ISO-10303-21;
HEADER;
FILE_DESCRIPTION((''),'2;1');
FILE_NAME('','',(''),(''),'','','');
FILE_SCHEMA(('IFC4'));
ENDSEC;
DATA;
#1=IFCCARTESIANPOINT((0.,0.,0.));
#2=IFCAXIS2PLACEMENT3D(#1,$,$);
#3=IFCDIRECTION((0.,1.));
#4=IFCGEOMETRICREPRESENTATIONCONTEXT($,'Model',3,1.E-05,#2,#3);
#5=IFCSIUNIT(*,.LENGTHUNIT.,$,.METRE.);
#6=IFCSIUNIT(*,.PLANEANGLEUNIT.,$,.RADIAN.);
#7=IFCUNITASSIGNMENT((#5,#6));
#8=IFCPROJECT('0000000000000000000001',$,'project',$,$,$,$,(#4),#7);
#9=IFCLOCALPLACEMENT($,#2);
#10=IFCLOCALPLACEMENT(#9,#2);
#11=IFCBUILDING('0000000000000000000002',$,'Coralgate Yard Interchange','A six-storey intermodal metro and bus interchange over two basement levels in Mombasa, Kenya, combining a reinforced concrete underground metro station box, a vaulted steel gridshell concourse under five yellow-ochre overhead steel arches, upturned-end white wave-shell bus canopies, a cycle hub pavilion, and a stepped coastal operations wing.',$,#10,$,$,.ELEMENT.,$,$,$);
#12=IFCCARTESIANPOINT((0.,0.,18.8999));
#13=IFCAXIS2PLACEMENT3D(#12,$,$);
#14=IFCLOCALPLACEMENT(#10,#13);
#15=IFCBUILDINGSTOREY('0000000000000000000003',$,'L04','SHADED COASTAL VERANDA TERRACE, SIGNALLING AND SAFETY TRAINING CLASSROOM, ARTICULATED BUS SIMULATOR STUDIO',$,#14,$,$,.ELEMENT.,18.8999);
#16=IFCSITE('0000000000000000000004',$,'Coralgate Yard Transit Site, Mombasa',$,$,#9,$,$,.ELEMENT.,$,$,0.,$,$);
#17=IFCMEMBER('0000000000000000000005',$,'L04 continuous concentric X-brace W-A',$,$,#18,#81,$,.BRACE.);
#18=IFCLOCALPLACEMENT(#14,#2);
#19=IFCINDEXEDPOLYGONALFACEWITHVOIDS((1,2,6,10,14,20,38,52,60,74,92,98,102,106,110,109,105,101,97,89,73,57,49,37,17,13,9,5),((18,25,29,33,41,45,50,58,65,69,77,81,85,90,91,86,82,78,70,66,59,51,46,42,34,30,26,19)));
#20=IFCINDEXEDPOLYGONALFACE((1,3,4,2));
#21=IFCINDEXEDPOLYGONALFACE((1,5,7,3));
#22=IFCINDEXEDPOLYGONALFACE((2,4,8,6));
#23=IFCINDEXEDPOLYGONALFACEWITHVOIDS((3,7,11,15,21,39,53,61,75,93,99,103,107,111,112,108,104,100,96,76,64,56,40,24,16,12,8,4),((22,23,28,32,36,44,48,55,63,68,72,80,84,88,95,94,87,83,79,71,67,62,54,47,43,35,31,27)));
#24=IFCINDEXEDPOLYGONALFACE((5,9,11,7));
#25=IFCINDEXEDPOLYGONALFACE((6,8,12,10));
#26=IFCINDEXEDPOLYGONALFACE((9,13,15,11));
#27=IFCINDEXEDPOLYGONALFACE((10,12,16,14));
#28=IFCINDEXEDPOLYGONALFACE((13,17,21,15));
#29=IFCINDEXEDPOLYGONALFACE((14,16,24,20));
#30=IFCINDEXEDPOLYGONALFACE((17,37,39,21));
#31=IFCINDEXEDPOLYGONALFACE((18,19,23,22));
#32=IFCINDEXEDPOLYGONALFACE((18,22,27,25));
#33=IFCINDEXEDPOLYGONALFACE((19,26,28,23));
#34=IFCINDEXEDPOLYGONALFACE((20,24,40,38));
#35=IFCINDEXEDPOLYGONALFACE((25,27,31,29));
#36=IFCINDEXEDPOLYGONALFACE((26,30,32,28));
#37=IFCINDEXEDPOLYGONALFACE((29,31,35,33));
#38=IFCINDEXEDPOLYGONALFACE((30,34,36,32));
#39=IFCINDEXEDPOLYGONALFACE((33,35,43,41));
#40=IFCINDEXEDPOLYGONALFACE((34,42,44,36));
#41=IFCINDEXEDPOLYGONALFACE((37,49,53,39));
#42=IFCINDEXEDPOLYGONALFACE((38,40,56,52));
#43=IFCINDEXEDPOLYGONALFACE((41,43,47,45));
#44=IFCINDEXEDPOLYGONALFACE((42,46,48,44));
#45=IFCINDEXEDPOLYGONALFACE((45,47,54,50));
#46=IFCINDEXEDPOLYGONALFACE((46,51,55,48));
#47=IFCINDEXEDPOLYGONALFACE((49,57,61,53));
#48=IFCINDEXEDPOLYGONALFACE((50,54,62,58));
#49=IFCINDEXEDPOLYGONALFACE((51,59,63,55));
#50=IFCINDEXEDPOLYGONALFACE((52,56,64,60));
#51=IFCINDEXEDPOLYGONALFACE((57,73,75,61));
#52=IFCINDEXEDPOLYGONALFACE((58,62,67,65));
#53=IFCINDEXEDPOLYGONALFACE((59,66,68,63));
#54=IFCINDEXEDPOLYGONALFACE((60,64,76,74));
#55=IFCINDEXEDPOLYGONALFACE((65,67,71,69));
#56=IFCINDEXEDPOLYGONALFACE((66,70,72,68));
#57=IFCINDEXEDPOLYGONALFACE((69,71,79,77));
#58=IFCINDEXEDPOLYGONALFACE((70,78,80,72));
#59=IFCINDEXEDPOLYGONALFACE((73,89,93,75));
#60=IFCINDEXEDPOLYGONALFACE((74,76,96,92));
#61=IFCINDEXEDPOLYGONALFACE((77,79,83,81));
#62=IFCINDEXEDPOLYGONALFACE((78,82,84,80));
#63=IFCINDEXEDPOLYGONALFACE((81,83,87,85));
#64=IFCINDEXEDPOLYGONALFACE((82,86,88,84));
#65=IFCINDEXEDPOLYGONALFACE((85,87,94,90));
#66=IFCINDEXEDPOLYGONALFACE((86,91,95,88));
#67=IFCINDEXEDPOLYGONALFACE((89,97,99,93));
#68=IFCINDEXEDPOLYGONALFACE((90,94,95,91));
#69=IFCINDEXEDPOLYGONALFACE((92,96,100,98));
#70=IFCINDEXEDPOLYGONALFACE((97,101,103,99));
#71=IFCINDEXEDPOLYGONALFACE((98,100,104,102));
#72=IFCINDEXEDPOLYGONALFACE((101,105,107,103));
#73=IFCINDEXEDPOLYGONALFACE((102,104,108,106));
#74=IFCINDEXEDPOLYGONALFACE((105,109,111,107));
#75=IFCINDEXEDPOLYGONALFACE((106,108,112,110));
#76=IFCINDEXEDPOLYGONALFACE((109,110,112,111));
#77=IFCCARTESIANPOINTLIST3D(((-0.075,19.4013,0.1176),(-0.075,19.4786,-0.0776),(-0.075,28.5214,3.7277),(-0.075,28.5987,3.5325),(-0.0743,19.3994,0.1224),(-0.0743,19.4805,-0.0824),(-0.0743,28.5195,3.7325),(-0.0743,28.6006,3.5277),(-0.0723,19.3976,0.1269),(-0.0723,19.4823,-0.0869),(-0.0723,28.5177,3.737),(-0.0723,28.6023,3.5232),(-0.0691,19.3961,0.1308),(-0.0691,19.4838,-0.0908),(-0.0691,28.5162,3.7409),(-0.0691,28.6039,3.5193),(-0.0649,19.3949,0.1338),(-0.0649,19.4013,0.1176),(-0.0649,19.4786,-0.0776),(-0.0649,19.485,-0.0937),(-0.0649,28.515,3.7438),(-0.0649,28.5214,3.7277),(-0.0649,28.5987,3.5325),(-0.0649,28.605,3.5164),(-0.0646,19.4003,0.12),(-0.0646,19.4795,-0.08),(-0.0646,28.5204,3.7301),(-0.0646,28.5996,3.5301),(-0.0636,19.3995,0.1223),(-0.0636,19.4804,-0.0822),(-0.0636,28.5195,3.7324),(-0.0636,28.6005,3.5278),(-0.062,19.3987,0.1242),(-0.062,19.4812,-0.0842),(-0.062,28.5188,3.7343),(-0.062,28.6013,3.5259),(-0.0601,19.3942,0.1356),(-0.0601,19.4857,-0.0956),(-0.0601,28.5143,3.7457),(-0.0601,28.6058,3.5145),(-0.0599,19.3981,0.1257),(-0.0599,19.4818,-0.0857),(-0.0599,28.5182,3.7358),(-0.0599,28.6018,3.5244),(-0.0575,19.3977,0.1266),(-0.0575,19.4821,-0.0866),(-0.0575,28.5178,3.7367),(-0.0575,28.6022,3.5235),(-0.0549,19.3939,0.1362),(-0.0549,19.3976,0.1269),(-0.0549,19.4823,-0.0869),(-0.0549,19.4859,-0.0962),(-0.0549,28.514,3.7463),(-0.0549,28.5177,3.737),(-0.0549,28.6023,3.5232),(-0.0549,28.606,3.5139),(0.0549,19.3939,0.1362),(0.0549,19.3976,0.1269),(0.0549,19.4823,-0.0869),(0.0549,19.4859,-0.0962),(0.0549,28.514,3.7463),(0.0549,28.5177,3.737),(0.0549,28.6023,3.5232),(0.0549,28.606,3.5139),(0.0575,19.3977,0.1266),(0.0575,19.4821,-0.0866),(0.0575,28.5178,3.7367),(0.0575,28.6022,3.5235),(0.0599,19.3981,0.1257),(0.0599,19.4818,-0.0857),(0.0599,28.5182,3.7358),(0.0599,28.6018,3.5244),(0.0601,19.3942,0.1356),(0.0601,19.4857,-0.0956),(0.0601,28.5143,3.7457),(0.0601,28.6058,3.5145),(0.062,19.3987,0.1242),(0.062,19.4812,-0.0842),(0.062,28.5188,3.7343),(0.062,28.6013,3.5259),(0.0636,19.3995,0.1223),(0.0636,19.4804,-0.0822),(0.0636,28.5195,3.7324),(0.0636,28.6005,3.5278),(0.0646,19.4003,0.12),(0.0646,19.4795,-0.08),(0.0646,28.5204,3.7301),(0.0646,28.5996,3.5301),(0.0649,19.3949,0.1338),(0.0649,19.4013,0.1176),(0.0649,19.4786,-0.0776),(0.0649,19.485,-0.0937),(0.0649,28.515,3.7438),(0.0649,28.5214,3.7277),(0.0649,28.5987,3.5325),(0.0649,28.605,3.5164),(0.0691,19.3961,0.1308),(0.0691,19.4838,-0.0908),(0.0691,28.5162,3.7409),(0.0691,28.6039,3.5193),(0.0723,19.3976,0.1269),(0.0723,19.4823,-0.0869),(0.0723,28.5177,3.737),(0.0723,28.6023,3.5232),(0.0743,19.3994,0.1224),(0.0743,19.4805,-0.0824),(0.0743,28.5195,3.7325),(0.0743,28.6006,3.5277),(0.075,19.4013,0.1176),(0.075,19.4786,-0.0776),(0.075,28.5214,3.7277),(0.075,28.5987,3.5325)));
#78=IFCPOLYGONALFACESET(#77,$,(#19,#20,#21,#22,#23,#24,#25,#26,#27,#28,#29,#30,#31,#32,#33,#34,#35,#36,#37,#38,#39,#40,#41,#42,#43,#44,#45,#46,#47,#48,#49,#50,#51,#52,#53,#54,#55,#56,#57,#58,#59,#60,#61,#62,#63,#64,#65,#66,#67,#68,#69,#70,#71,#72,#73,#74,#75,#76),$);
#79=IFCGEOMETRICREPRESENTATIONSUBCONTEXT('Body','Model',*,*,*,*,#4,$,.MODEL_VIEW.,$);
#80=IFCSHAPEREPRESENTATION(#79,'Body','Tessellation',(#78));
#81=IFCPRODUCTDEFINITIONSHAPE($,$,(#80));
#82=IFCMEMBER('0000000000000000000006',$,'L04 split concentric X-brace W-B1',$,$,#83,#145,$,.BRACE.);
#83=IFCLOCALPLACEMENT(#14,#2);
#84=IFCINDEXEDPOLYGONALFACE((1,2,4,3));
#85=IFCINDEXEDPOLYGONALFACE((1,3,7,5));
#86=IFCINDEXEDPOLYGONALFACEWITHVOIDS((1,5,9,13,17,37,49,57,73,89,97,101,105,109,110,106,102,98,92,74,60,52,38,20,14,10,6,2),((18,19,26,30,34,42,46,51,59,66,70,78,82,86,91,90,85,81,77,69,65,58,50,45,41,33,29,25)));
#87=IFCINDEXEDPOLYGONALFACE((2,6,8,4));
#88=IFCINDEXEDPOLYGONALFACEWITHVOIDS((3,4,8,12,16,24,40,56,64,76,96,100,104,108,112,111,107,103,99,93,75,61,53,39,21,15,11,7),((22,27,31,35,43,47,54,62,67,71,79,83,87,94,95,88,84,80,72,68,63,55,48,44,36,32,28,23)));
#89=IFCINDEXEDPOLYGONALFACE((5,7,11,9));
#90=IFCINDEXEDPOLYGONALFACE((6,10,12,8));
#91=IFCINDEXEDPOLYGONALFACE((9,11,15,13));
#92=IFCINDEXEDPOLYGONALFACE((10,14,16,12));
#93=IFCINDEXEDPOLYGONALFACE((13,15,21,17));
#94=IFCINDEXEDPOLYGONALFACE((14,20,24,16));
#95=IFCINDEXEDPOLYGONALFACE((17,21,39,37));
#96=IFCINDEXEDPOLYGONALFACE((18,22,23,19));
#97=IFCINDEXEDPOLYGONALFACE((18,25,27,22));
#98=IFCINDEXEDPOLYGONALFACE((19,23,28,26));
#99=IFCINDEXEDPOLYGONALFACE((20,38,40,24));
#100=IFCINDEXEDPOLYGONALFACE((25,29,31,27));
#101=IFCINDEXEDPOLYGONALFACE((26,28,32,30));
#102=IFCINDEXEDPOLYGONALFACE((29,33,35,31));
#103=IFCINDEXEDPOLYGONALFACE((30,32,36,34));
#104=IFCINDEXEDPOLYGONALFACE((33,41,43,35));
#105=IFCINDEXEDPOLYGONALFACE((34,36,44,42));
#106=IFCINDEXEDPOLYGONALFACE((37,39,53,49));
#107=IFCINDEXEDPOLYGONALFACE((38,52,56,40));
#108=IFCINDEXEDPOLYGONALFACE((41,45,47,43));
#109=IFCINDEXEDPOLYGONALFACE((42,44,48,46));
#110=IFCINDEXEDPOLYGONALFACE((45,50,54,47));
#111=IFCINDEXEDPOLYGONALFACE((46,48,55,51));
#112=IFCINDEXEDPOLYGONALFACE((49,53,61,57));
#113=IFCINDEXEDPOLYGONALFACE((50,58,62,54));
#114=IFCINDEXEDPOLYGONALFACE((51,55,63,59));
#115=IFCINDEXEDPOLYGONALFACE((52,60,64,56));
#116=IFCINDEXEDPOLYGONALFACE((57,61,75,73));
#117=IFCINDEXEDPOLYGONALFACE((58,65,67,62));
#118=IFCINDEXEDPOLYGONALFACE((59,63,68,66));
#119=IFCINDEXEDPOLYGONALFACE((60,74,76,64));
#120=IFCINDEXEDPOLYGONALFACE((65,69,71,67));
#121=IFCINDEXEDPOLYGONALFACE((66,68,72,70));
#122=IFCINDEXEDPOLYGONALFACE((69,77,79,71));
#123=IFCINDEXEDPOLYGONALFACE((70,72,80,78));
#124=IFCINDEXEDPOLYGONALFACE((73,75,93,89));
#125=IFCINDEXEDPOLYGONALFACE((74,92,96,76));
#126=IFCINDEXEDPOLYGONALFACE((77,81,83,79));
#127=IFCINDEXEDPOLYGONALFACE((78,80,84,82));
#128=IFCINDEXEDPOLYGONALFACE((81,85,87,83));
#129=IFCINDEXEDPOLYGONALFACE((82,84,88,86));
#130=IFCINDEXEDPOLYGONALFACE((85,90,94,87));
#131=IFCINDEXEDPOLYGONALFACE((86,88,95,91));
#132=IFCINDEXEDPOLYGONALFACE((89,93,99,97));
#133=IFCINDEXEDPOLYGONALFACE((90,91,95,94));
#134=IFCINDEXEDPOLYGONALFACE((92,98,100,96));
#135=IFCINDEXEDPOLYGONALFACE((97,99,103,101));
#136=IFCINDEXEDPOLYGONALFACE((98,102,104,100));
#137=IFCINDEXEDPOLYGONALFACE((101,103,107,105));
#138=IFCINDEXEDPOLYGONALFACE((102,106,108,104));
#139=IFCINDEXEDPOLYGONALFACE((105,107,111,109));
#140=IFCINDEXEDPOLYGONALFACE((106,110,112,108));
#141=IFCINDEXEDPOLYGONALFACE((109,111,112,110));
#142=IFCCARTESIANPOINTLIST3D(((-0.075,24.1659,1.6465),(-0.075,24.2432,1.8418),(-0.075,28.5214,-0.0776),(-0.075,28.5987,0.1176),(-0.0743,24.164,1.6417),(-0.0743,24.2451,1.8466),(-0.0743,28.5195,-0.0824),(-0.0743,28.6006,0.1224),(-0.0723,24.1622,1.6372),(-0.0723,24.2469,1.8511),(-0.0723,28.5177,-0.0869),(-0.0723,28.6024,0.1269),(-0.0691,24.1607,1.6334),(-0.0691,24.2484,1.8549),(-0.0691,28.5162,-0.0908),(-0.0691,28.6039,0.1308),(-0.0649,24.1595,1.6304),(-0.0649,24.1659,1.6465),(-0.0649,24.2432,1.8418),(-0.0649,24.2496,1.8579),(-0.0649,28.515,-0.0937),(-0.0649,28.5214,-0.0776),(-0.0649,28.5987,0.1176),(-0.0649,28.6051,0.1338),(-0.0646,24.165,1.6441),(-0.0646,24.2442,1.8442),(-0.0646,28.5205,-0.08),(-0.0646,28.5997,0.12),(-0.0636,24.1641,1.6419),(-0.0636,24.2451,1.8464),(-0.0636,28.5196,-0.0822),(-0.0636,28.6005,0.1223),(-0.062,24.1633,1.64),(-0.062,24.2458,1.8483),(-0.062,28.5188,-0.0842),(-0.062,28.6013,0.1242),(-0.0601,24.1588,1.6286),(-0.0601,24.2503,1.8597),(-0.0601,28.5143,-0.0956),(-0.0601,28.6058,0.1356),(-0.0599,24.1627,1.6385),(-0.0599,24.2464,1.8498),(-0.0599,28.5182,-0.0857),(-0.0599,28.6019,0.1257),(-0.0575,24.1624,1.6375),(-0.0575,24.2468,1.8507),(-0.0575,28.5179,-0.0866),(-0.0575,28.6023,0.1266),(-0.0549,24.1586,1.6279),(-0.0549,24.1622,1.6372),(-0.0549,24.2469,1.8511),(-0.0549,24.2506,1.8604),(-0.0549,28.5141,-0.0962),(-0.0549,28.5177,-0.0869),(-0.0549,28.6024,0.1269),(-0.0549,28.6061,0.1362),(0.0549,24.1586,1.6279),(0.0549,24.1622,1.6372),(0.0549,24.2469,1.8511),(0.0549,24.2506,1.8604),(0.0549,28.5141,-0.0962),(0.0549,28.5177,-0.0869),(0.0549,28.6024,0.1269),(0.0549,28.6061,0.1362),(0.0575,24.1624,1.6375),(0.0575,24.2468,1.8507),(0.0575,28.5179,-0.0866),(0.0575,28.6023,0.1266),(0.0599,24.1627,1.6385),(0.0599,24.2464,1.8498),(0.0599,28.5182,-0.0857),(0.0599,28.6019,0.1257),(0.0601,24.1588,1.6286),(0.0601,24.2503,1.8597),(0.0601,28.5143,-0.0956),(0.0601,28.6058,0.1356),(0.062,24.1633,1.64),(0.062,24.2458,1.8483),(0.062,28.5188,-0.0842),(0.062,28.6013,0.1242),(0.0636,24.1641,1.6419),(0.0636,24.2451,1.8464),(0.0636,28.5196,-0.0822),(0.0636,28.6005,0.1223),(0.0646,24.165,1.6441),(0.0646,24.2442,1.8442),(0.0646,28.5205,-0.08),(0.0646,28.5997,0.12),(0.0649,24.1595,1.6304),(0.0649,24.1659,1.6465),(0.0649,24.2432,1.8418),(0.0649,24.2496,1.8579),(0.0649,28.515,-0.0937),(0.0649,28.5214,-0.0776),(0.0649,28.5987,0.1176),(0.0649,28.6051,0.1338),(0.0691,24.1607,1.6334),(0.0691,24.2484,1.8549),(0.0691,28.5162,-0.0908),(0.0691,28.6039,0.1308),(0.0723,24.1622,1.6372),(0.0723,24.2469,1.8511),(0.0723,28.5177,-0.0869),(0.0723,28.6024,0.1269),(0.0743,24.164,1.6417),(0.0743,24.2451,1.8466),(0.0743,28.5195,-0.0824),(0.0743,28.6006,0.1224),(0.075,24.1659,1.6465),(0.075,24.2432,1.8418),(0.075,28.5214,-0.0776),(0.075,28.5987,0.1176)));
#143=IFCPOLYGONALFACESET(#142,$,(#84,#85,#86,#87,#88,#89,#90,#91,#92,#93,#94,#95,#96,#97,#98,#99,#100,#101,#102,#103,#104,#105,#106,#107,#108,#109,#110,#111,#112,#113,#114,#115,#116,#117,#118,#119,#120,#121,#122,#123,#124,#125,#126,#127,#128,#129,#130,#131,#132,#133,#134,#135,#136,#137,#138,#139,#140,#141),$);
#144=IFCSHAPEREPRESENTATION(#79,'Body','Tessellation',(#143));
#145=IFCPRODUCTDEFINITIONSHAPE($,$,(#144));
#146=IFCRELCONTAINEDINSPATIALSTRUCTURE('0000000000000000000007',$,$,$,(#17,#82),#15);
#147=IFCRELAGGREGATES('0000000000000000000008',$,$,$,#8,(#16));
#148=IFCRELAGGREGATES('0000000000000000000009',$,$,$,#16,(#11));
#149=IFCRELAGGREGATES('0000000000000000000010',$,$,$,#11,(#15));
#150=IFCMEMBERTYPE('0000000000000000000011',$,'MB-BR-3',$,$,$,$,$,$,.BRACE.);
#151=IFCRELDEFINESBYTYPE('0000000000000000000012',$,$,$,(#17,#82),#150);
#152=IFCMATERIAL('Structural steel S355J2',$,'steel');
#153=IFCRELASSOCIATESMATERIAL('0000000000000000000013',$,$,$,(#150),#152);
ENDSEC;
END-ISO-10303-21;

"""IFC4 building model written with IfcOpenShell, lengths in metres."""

from ifc_helpers import new_model, si_unit, direction, frame, origin, origin_2d, place, context, subcontext, project, spatial, hollow_rectangle, extrude, material, material_profile, profile_set, type_object, element, save


model = new_model("IFC4")

# Units and contexts
model_context = context("Model", 3, precision=1e-05, world=origin(), true_north=direction((0.0, 1.0)))
body_context = subcontext(model_context, "Body", "Model", "MODEL_VIEW")
ifc_project = project(units=[si_unit("LENGTHUNIT", "METRE"), si_unit("PLANEANGLEUNIT", "RADIAN")], contexts=[model_context])

# Site, building, storey
site_placement = place(None, origin())
site = spatial("IfcSite", under=ifc_project, at=site_placement, Name="Coralgate Yard Transit Site, Mombasa", CompositionType="ELEMENT", RefElevation=0.0)
building_placement = place(site_placement, origin())
building = spatial("IfcBuilding", under=site, at=building_placement, Name="Coralgate Yard Interchange", Description="A six-storey intermodal metro and bus interchange over two basement levels in Mombasa, Kenya, combining a reinforced concrete underground metro station box, a vaulted steel gridshell concourse under five yellow-ochre overhead steel arches, upturned-end white wave-shell bus canopies, a cycle hub pavilion, and a stepped coastal operations wing.", CompositionType="ELEMENT")
storey_placement = place(building_placement, frame((0.0, 0.0, 18.8999)))
storey = spatial("IfcBuildingStorey", under=building, at=storey_placement, Name="L04", Description="SHADED COASTAL VERANDA TERRACE, SIGNALLING AND SAFETY TRAINING CLASSROOM, ARTICULATED BUS SIMULATOR STUDIO", CompositionType="ELEMENT", Elevation=18.8999)

# Shared definitions
ifc_material_1 = material(Name="Structural steel S355J2", Category="steel")

# Members
ifc_material_profile_1 = material_profile(ifc_material_1, hollow_rectangle(XDim=0.1499, YDim=0.25, WallThickness=0.01, InnerFilletRadius=0.01, OuterFilletRadius=0.02, at=origin_2d()), Name="RHS 250x150x10")
ifc_profile_set_1 = profile_set([ifc_material_profile_1], Name="Structural steel S355J2")
member_type_1 = type_object("IfcMemberType", Name="MB-BR-3", PredefinedType="BRACE", material=ifc_profile_set_1)
member_1_placement = place(storey_placement, frame((0.0, 19.4399, 0.02), z_axis=(0.0, 0.929804, 0.368054), x_axis=(-1.0, 0.0, 0.0)))
element("IfcMember", 1, at=member_1_placement, inside=storey, type_object=member_type_1, Name="L04 continuous concentric X-brace W-A", PredefinedType="BRACE", context=body_context, shape_type="SweptSolid", body=[
    extrude(hollow_rectangle(XDim=0.1499, YDim=0.25, WallThickness=0.01, InnerFilletRadius=0.01, OuterFilletRadius=0.02, at=origin_2d()), origin(), (0.0, 0.0, 1.0), 9.8086),
])
for number, where, z_axis, x_axis, name in (
    (2, (0.0, 28.5601, 0.02), (0.0, -0.929801, 0.368063), (1.0, 0.0, 0.0), "L04 split concentric X-brace W-B1"),
):
    element("IfcMember", number, at=place(storey_placement, frame(where, z_axis=z_axis, x_axis=x_axis)), inside=storey, type_object=member_type_1, Name=name, PredefinedType="BRACE", context=body_context, shape_type="SweptSolid", body=[
        extrude(hollow_rectangle(XDim=0.1499, YDim=0.25, WallThickness=0.01, InnerFilletRadius=0.01, OuterFilletRadius=0.02, at=origin_2d()), origin(), (0.0, 0.0, 1.0), 4.6843),
    ])

save(model, "model.ifc")
